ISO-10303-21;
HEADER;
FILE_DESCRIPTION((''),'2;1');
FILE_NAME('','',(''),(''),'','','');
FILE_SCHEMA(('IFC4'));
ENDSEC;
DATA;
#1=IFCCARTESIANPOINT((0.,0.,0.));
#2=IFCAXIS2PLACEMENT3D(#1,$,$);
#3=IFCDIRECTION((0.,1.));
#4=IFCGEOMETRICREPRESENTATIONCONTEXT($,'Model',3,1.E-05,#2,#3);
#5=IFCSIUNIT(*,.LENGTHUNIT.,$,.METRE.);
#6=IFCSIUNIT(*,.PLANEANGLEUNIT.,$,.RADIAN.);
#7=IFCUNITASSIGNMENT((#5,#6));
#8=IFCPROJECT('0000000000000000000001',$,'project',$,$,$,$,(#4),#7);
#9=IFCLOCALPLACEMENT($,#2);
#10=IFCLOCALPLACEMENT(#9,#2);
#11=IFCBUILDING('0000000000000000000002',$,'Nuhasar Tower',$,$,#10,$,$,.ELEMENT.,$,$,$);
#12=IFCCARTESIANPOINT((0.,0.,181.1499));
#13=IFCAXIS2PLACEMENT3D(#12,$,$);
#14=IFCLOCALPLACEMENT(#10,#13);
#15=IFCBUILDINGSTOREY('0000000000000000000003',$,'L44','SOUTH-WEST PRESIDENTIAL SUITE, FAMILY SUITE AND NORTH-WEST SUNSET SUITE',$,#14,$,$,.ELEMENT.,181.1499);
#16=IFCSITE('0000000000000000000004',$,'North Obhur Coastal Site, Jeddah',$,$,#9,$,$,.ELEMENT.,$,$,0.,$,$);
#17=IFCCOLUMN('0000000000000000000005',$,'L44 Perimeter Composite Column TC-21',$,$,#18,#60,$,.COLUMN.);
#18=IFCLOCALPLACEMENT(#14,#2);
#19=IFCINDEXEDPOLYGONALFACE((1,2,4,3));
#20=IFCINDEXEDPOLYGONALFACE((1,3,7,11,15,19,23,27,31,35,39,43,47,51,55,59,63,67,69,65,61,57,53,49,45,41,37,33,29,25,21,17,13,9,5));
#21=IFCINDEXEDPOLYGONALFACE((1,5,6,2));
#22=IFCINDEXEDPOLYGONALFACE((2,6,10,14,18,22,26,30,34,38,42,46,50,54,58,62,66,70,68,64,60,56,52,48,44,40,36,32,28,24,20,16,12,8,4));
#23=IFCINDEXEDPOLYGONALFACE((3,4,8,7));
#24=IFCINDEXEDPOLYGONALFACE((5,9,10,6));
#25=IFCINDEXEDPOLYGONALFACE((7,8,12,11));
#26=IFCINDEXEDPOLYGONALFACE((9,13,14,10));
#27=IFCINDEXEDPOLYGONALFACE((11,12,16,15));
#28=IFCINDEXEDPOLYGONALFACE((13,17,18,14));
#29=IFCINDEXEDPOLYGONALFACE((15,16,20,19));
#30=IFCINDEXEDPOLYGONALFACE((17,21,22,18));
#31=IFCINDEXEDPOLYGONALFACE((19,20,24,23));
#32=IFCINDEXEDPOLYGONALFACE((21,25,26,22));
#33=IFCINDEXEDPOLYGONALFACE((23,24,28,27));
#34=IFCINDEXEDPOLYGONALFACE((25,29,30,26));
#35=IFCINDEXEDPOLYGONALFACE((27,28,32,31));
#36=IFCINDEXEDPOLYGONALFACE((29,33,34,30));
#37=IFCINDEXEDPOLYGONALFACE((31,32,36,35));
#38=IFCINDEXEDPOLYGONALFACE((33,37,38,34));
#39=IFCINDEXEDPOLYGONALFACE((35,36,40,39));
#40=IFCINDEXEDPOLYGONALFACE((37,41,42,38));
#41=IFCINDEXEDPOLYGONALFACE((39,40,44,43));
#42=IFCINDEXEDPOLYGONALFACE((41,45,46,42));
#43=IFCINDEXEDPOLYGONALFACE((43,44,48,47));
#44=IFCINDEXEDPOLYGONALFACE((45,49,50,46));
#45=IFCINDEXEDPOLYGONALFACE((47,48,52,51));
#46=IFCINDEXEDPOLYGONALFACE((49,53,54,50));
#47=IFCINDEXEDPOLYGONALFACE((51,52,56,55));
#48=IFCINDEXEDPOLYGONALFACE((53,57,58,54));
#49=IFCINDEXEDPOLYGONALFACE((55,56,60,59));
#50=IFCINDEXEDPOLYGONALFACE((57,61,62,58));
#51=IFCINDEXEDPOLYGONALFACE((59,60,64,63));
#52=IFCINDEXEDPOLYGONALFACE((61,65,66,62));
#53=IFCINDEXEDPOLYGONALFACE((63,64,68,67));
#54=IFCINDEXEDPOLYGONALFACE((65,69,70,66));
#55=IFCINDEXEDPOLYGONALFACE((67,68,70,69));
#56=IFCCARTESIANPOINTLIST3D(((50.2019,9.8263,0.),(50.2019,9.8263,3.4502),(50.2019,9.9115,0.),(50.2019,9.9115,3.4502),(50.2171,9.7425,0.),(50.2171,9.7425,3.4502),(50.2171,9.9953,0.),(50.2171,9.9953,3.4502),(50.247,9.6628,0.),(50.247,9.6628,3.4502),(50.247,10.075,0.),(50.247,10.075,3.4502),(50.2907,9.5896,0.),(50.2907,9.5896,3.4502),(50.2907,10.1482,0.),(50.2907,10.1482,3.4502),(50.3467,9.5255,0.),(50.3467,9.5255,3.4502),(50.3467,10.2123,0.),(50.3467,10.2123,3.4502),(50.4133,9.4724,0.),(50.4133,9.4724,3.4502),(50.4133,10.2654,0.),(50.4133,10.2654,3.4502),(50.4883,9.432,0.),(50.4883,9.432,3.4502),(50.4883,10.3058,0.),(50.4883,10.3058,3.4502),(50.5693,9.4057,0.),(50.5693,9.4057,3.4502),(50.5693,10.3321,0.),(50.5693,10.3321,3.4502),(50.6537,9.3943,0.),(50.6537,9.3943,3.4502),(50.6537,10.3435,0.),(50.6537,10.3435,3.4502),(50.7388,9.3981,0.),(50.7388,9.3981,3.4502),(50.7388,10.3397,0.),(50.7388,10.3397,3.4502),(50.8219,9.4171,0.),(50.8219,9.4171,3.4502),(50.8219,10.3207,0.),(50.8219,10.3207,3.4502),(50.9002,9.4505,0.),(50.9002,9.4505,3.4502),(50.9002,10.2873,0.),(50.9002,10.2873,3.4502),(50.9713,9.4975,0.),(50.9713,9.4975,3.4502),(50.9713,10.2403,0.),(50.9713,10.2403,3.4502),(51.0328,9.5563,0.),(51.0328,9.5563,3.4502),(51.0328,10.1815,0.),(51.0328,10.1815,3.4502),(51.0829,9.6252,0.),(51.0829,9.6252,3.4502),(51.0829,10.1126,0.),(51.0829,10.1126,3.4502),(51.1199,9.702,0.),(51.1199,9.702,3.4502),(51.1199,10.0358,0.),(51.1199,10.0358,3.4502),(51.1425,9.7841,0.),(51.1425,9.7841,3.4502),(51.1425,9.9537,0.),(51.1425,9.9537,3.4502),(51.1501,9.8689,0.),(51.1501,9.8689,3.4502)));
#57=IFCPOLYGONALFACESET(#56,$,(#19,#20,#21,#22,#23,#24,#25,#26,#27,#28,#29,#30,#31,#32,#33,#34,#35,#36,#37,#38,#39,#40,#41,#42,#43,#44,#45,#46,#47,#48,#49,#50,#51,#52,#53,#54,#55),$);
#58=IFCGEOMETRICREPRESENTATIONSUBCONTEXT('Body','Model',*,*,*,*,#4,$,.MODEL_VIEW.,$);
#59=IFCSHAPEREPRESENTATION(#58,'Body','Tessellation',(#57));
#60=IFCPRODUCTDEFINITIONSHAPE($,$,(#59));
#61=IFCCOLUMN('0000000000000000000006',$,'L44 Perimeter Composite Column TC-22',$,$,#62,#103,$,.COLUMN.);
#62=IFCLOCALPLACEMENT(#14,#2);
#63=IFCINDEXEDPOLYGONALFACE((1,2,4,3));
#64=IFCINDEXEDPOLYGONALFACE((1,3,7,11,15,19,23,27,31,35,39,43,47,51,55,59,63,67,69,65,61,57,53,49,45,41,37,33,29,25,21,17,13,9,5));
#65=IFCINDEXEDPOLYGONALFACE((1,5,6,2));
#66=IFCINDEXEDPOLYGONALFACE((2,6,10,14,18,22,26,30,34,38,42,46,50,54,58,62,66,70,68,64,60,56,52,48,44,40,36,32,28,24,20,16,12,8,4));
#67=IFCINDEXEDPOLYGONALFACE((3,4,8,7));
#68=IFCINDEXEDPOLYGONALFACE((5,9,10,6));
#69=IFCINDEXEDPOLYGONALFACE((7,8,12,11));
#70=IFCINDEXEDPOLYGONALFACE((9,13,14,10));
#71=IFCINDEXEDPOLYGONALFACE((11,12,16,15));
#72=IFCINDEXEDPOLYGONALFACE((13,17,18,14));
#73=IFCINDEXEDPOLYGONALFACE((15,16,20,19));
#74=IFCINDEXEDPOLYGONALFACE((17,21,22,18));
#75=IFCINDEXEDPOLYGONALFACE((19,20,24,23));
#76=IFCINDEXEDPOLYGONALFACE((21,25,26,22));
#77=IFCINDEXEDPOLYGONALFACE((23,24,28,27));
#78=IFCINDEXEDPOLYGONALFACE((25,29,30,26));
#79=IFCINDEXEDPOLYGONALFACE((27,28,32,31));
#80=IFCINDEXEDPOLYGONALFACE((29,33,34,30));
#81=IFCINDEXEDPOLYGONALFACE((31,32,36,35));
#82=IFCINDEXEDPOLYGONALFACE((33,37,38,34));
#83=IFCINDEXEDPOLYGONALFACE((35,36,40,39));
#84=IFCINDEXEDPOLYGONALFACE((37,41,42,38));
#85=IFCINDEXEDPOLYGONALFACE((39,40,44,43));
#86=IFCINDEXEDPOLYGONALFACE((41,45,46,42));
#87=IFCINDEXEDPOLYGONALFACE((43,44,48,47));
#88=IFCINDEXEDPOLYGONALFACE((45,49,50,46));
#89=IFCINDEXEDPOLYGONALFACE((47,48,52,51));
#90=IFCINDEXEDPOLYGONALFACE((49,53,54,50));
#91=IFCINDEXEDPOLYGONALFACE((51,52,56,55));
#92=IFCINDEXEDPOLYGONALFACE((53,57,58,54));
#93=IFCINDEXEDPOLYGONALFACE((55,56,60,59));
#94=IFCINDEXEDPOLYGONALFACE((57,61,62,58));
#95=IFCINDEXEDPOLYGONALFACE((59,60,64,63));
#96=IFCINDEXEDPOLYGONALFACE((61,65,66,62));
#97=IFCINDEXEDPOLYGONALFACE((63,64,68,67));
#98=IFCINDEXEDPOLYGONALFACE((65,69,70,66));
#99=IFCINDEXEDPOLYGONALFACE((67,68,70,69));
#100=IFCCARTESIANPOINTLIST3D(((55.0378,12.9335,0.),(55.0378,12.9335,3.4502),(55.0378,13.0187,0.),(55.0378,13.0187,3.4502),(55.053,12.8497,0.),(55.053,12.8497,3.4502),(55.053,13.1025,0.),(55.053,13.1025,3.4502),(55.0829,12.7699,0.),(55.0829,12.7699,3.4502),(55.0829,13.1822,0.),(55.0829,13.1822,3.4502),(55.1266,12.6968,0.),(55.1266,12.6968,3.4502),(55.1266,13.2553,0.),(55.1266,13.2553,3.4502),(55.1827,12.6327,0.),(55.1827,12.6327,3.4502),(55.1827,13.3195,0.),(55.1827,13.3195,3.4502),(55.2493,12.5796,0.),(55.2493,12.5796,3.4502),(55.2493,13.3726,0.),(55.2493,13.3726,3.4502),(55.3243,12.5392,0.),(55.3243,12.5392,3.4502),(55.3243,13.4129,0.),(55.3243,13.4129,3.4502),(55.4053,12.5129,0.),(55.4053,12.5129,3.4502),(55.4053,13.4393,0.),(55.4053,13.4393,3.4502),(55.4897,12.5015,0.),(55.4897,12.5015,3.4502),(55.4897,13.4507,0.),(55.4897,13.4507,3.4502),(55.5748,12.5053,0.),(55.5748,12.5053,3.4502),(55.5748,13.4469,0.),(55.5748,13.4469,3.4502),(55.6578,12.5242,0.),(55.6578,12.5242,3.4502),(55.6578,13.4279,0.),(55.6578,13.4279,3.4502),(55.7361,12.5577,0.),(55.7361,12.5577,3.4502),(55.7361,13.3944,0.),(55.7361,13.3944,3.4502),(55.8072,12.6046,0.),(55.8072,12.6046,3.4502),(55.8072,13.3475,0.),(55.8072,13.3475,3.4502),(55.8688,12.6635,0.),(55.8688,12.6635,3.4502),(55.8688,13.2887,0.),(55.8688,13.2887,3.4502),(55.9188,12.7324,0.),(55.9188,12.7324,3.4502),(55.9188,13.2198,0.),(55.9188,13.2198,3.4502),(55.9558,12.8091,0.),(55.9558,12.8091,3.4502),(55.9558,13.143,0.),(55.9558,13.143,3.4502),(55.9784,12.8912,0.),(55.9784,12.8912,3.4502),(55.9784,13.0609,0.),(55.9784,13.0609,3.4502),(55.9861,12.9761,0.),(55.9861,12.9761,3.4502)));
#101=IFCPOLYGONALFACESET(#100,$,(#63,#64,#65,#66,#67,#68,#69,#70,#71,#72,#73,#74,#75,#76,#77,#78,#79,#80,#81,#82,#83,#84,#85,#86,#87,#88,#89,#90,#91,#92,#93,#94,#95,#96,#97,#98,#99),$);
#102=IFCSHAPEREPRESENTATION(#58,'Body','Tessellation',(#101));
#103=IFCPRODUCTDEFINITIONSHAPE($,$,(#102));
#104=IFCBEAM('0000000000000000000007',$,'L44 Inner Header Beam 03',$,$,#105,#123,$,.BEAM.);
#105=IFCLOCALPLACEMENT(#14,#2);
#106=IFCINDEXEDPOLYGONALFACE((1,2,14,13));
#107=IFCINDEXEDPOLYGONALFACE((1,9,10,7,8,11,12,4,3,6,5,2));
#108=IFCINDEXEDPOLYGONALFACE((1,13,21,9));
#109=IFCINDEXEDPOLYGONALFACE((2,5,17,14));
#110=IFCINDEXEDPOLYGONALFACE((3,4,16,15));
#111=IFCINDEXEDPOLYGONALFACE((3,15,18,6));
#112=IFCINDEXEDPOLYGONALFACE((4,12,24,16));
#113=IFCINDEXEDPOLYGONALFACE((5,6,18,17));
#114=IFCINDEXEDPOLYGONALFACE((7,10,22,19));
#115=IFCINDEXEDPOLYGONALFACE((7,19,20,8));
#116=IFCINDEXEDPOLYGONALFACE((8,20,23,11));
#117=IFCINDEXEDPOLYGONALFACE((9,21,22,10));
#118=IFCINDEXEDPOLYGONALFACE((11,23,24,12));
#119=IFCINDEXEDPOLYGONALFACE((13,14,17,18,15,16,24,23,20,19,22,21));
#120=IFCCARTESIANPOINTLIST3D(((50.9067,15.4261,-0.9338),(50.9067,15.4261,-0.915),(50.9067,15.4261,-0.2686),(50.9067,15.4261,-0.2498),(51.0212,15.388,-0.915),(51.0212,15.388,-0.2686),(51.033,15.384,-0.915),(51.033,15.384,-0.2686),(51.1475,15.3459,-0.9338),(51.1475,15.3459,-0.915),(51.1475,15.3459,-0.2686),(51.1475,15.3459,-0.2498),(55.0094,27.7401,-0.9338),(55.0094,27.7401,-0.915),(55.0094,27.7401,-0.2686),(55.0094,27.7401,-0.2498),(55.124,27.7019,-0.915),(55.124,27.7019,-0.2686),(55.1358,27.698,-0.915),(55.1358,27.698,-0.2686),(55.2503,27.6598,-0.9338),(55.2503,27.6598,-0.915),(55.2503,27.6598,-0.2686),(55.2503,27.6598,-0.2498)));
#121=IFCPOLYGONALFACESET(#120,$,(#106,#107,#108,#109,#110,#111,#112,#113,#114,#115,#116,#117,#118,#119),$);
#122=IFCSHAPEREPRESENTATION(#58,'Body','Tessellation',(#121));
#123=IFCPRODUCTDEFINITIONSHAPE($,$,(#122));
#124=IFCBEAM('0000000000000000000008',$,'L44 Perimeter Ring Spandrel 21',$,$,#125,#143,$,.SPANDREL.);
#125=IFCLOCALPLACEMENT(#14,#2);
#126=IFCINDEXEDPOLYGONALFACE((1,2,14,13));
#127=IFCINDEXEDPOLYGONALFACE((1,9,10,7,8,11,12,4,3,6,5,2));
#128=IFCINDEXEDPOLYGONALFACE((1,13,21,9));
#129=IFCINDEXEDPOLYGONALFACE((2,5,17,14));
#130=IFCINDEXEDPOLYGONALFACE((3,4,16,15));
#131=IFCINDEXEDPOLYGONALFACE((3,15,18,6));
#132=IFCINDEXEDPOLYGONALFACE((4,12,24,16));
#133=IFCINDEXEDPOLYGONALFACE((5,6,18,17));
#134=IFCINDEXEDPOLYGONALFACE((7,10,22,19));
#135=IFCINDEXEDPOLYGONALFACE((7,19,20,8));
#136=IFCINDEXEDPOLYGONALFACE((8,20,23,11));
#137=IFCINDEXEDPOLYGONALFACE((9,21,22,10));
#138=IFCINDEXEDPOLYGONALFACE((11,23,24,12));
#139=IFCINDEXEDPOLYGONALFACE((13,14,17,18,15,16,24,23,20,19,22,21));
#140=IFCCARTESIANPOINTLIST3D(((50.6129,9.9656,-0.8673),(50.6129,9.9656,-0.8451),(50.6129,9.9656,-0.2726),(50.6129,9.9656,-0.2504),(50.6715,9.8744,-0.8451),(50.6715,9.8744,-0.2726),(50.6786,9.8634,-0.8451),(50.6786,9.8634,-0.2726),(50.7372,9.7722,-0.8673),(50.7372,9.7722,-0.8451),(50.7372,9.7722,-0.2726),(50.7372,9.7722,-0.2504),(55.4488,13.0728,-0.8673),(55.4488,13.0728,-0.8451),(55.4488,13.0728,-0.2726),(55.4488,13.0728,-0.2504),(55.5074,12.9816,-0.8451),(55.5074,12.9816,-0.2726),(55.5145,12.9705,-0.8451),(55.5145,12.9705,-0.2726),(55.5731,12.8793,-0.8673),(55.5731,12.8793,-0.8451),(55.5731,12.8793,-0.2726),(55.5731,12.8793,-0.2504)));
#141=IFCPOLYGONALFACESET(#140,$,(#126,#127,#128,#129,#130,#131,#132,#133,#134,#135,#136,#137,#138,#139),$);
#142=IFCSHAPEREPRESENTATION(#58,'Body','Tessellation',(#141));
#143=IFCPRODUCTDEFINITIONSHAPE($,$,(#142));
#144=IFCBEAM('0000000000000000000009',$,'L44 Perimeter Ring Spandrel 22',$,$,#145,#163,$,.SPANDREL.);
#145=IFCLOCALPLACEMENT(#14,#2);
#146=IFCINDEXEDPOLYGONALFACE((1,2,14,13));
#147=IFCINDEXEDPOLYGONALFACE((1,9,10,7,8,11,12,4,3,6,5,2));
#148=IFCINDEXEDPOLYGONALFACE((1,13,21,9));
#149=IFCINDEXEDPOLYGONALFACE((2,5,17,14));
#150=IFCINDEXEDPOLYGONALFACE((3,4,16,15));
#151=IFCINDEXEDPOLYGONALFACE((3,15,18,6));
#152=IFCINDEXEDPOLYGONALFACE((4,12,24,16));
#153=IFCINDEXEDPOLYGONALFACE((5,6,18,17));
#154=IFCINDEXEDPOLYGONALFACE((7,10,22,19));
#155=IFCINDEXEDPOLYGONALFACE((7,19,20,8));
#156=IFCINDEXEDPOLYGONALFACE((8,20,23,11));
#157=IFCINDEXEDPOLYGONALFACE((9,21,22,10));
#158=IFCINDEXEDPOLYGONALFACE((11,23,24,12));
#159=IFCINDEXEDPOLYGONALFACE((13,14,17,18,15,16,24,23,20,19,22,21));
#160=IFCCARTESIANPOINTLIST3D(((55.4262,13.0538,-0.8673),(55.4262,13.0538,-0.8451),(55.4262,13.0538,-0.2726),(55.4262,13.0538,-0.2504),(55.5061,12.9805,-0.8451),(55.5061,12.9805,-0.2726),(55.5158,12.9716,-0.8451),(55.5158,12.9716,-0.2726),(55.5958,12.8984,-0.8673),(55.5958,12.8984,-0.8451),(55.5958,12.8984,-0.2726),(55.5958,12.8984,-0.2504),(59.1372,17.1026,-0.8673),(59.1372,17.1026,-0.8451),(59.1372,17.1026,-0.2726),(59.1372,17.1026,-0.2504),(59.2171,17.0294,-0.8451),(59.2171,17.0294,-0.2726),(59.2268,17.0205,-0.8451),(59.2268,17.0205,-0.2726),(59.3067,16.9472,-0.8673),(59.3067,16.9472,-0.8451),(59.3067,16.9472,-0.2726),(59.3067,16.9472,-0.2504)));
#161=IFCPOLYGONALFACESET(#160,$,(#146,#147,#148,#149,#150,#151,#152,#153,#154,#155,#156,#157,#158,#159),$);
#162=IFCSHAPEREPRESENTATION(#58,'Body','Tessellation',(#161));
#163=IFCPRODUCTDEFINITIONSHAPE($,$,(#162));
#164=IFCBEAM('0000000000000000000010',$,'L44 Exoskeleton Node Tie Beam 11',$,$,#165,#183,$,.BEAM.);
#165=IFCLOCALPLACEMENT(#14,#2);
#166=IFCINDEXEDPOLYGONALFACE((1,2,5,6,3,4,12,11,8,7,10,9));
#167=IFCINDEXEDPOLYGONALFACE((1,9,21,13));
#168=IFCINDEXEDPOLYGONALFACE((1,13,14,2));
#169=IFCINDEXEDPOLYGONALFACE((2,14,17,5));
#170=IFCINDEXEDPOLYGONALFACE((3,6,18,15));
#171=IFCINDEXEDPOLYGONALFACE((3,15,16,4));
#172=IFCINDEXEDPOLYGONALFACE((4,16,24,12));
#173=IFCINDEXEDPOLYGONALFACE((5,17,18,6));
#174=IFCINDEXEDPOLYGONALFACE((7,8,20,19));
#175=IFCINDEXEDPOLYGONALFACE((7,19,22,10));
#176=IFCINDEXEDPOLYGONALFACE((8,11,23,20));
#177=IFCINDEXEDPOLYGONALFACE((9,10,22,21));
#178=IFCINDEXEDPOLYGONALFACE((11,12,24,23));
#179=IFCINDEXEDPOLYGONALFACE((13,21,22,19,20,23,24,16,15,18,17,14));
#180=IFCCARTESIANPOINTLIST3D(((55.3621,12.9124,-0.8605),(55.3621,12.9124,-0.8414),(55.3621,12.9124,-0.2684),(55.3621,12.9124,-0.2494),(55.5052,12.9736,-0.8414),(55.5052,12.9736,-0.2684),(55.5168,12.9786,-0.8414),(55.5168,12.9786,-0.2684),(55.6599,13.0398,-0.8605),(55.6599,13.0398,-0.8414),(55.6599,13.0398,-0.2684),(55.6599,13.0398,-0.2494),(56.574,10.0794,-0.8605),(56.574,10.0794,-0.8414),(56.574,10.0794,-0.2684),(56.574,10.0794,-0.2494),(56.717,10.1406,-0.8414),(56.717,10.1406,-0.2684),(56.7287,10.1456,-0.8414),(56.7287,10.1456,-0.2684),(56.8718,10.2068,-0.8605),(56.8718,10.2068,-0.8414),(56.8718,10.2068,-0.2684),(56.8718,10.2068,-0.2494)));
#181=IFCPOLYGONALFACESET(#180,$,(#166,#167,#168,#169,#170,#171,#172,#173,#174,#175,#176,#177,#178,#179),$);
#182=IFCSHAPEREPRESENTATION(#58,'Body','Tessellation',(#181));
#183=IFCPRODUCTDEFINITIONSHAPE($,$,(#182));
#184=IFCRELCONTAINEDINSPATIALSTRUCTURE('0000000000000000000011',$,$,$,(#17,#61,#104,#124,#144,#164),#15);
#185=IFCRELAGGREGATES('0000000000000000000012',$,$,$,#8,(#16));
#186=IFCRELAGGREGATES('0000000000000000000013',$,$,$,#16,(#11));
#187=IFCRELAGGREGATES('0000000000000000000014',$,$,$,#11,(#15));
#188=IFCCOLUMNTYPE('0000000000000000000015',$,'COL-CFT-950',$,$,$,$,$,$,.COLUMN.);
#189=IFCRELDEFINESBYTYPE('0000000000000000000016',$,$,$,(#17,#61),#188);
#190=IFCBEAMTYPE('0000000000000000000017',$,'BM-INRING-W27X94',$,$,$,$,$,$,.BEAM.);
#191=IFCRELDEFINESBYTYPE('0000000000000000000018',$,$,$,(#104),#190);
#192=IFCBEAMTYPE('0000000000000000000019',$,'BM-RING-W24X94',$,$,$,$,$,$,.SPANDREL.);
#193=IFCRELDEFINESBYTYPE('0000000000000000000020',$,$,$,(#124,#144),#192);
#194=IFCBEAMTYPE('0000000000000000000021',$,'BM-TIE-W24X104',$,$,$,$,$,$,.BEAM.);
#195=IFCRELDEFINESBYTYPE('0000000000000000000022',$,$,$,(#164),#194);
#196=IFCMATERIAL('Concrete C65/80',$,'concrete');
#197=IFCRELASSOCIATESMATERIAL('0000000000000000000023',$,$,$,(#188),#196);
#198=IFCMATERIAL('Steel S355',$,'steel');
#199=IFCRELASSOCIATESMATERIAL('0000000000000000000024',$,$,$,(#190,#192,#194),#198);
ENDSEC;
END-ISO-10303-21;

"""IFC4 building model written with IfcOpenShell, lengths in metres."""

from ifc_helpers import new_model, si_unit, direction, frame, origin, origin_2d, place, context, subcontext, project, spatial, circle, i_section, extrude, material, material_profile, profile_set, type_object, element, save


model = new_model("IFC4")

# Units and contexts
model_context = context("Model", 3, precision=1e-05, world=origin(), true_north=direction((0.0, 1.0)))
body_context = subcontext(model_context, "Body", "Model", "MODEL_VIEW")
ifc_project = project(units=[si_unit("LENGTHUNIT", "METRE"), si_unit("PLANEANGLEUNIT", "RADIAN")], contexts=[model_context])

# Site, building, storey
site_placement = place(None, origin())
site = spatial("IfcSite", under=ifc_project, at=site_placement, Name="North Obhur Coastal Site, Jeddah", CompositionType="ELEMENT", RefElevation=0.0)
building_placement = place(site_placement, origin())
building = spatial("IfcBuilding", under=site, at=building_placement, Name="Nuhasar Tower", CompositionType="ELEMENT")
storey_placement = place(building_placement, frame((0.0, 0.0, 181.1499)))
storey = spatial("IfcBuildingStorey", under=building, at=storey_placement, Name="L44", Description="SOUTH-WEST PRESIDENTIAL SUITE, FAMILY SUITE AND NORTH-WEST SUNSET SUITE", CompositionType="ELEMENT", Elevation=181.1499)

# Columns
ifc_material_1 = material(Name="Concrete C65/80", Category="concrete")
ifc_material_profile_1 = material_profile(ifc_material_1, circle(Radius=0.4751, at=origin_2d()), Name="CFT950")
ifc_profile_set_1 = profile_set([ifc_material_profile_1], Name="Concrete C65/80")
column_type = type_object("IfcColumnType", Name="COL-CFT-950", PredefinedType="COLUMN", material=ifc_profile_set_1)
for number, where, z_axis, x_axis, name in (
    (1, (50.675, 9.8689, 0.0), (0.0, 0.0, 1.0), (1.0, 0.0, 0.0), "L44 Perimeter Composite Column TC-21"),
    (2, (55.511, 12.9761, 0.0), (0.0, 0.0, 1.0), (1.0, 0.0, 0.0), "L44 Perimeter Composite Column TC-22"),
):
    element("IfcColumn", number, at=place(storey_placement, frame(where, z_axis=z_axis, x_axis=x_axis)), inside=storey, type_object=column_type, Name=name, PredefinedType="COLUMN", context=body_context, shape_type="SweptSolid", body=[
        extrude(circle(Radius=0.4751, at=origin_2d()), origin(), (0.0, 0.0, 1.0), 3.4502),
    ])

# Beams
ifc_material_2 = material(Name="Steel S355", Category="steel")
ifc_material_profile_2 = material_profile(ifc_material_2, i_section(OverallWidth=0.2539, OverallDepth=0.6841, WebThickness=0.0125, FlangeThickness=0.0188, at=origin_2d()), Name="W27X94")
ifc_profile_set_2 = profile_set([ifc_material_profile_2], Name="Steel S355")
beam_type_1 = type_object("IfcBeamType", Name="BM-INRING-W27X94", PredefinedType="BEAM", material=ifc_profile_set_2)
beam_1_placement = place(storey_placement, frame((51.0271, 15.386, -0.5918), z_axis=(0.316098, 0.948727, 0.0), x_axis=(-0.948727, 0.316098, 0.0)))
element("IfcBeam", 3, at=beam_1_placement, inside=storey, type_object=beam_type_1, Name="L44 Inner Header Beam 03", PredefinedType="BEAM", context=body_context, shape_type="SweptSolid", body=[
    extrude(i_section(OverallWidth=0.2539, OverallDepth=0.6841, WebThickness=0.0125, FlangeThickness=0.0188, at=origin_2d()), origin(), (0.0, 0.0, 1.0), 12.9795),
])
ifc_material_profile_3 = material_profile(ifc_material_2, i_section(OverallWidth=0.23, OverallDepth=0.6169, WebThickness=0.0132, FlangeThickness=0.0222, at=origin_2d()), Name="W24X94")
ifc_profile_set_3 = profile_set([ifc_material_profile_3], Name="Steel S355")
beam_type_2 = type_object("IfcBeamType", Name="BM-RING-W24X94", PredefinedType="SPANDREL", material=ifc_profile_set_3)
beam_2_placement = place(storey_placement, frame((50.675, 9.8689, -0.5588), z_axis=(0.841308, 0.540556, 0.0), x_axis=(-0.540556, 0.841308, 0.0)))
element("IfcBeam", 4, at=beam_2_placement, inside=storey, type_object=beam_type_2, Name="L44 Perimeter Ring Spandrel 21", PredefinedType="SPANDREL", context=body_context, shape_type="SweptSolid", body=[
    extrude(i_section(OverallWidth=0.23, OverallDepth=0.6169, WebThickness=0.0132, FlangeThickness=0.0222, at=origin_2d()), origin(), (0.0, 0.0, 1.0), 5.748),
])
beam_3_placement = place(storey_placement, frame((55.511, 12.9761, -0.5588), z_axis=(0.675676, 0.737198, 0.0), x_axis=(-0.737198, 0.675676, 0.0)))
element("IfcBeam", 5, at=beam_3_placement, inside=storey, type_object=beam_type_2, Name="L44 Perimeter Ring Spandrel 22", PredefinedType="SPANDREL", context=body_context, shape_type="SweptSolid", body=[
    extrude(i_section(OverallWidth=0.23, OverallDepth=0.6169, WebThickness=0.0132, FlangeThickness=0.0222, at=origin_2d()), origin(), (0.0, 0.0, 1.0), 5.4922),
])
ifc_material_profile_4 = material_profile(ifc_material_2, i_section(OverallWidth=0.324, OverallDepth=0.6111, WebThickness=0.0127, FlangeThickness=0.019, at=origin_2d()), Name="W24X104")
ifc_profile_set_4 = profile_set([ifc_material_profile_4], Name="Steel S355")
beam_type_3 = type_object("IfcBeamType", Name="BM-TIE-W24X104", PredefinedType="BEAM", material=ifc_profile_set_4)
beam_4_placement = place(storey_placement, frame((55.511, 12.9761, -0.5549), z_axis=(0.393307, -0.919407, 0.0), x_axis=(0.919407, 0.393307, 0.0)))
element("IfcBeam", 6, at=beam_4_placement, inside=storey, type_object=beam_type_3, Name="L44 Exoskeleton Node Tie Beam 11", PredefinedType="BEAM", context=body_context, shape_type="SweptSolid", body=[
    extrude(i_section(OverallWidth=0.324, OverallDepth=0.6111, WebThickness=0.0127, FlangeThickness=0.019, at=origin_2d()), origin(), (0.0, 0.0, 1.0), 3.0813),
])

save(model, "model.ifc")
